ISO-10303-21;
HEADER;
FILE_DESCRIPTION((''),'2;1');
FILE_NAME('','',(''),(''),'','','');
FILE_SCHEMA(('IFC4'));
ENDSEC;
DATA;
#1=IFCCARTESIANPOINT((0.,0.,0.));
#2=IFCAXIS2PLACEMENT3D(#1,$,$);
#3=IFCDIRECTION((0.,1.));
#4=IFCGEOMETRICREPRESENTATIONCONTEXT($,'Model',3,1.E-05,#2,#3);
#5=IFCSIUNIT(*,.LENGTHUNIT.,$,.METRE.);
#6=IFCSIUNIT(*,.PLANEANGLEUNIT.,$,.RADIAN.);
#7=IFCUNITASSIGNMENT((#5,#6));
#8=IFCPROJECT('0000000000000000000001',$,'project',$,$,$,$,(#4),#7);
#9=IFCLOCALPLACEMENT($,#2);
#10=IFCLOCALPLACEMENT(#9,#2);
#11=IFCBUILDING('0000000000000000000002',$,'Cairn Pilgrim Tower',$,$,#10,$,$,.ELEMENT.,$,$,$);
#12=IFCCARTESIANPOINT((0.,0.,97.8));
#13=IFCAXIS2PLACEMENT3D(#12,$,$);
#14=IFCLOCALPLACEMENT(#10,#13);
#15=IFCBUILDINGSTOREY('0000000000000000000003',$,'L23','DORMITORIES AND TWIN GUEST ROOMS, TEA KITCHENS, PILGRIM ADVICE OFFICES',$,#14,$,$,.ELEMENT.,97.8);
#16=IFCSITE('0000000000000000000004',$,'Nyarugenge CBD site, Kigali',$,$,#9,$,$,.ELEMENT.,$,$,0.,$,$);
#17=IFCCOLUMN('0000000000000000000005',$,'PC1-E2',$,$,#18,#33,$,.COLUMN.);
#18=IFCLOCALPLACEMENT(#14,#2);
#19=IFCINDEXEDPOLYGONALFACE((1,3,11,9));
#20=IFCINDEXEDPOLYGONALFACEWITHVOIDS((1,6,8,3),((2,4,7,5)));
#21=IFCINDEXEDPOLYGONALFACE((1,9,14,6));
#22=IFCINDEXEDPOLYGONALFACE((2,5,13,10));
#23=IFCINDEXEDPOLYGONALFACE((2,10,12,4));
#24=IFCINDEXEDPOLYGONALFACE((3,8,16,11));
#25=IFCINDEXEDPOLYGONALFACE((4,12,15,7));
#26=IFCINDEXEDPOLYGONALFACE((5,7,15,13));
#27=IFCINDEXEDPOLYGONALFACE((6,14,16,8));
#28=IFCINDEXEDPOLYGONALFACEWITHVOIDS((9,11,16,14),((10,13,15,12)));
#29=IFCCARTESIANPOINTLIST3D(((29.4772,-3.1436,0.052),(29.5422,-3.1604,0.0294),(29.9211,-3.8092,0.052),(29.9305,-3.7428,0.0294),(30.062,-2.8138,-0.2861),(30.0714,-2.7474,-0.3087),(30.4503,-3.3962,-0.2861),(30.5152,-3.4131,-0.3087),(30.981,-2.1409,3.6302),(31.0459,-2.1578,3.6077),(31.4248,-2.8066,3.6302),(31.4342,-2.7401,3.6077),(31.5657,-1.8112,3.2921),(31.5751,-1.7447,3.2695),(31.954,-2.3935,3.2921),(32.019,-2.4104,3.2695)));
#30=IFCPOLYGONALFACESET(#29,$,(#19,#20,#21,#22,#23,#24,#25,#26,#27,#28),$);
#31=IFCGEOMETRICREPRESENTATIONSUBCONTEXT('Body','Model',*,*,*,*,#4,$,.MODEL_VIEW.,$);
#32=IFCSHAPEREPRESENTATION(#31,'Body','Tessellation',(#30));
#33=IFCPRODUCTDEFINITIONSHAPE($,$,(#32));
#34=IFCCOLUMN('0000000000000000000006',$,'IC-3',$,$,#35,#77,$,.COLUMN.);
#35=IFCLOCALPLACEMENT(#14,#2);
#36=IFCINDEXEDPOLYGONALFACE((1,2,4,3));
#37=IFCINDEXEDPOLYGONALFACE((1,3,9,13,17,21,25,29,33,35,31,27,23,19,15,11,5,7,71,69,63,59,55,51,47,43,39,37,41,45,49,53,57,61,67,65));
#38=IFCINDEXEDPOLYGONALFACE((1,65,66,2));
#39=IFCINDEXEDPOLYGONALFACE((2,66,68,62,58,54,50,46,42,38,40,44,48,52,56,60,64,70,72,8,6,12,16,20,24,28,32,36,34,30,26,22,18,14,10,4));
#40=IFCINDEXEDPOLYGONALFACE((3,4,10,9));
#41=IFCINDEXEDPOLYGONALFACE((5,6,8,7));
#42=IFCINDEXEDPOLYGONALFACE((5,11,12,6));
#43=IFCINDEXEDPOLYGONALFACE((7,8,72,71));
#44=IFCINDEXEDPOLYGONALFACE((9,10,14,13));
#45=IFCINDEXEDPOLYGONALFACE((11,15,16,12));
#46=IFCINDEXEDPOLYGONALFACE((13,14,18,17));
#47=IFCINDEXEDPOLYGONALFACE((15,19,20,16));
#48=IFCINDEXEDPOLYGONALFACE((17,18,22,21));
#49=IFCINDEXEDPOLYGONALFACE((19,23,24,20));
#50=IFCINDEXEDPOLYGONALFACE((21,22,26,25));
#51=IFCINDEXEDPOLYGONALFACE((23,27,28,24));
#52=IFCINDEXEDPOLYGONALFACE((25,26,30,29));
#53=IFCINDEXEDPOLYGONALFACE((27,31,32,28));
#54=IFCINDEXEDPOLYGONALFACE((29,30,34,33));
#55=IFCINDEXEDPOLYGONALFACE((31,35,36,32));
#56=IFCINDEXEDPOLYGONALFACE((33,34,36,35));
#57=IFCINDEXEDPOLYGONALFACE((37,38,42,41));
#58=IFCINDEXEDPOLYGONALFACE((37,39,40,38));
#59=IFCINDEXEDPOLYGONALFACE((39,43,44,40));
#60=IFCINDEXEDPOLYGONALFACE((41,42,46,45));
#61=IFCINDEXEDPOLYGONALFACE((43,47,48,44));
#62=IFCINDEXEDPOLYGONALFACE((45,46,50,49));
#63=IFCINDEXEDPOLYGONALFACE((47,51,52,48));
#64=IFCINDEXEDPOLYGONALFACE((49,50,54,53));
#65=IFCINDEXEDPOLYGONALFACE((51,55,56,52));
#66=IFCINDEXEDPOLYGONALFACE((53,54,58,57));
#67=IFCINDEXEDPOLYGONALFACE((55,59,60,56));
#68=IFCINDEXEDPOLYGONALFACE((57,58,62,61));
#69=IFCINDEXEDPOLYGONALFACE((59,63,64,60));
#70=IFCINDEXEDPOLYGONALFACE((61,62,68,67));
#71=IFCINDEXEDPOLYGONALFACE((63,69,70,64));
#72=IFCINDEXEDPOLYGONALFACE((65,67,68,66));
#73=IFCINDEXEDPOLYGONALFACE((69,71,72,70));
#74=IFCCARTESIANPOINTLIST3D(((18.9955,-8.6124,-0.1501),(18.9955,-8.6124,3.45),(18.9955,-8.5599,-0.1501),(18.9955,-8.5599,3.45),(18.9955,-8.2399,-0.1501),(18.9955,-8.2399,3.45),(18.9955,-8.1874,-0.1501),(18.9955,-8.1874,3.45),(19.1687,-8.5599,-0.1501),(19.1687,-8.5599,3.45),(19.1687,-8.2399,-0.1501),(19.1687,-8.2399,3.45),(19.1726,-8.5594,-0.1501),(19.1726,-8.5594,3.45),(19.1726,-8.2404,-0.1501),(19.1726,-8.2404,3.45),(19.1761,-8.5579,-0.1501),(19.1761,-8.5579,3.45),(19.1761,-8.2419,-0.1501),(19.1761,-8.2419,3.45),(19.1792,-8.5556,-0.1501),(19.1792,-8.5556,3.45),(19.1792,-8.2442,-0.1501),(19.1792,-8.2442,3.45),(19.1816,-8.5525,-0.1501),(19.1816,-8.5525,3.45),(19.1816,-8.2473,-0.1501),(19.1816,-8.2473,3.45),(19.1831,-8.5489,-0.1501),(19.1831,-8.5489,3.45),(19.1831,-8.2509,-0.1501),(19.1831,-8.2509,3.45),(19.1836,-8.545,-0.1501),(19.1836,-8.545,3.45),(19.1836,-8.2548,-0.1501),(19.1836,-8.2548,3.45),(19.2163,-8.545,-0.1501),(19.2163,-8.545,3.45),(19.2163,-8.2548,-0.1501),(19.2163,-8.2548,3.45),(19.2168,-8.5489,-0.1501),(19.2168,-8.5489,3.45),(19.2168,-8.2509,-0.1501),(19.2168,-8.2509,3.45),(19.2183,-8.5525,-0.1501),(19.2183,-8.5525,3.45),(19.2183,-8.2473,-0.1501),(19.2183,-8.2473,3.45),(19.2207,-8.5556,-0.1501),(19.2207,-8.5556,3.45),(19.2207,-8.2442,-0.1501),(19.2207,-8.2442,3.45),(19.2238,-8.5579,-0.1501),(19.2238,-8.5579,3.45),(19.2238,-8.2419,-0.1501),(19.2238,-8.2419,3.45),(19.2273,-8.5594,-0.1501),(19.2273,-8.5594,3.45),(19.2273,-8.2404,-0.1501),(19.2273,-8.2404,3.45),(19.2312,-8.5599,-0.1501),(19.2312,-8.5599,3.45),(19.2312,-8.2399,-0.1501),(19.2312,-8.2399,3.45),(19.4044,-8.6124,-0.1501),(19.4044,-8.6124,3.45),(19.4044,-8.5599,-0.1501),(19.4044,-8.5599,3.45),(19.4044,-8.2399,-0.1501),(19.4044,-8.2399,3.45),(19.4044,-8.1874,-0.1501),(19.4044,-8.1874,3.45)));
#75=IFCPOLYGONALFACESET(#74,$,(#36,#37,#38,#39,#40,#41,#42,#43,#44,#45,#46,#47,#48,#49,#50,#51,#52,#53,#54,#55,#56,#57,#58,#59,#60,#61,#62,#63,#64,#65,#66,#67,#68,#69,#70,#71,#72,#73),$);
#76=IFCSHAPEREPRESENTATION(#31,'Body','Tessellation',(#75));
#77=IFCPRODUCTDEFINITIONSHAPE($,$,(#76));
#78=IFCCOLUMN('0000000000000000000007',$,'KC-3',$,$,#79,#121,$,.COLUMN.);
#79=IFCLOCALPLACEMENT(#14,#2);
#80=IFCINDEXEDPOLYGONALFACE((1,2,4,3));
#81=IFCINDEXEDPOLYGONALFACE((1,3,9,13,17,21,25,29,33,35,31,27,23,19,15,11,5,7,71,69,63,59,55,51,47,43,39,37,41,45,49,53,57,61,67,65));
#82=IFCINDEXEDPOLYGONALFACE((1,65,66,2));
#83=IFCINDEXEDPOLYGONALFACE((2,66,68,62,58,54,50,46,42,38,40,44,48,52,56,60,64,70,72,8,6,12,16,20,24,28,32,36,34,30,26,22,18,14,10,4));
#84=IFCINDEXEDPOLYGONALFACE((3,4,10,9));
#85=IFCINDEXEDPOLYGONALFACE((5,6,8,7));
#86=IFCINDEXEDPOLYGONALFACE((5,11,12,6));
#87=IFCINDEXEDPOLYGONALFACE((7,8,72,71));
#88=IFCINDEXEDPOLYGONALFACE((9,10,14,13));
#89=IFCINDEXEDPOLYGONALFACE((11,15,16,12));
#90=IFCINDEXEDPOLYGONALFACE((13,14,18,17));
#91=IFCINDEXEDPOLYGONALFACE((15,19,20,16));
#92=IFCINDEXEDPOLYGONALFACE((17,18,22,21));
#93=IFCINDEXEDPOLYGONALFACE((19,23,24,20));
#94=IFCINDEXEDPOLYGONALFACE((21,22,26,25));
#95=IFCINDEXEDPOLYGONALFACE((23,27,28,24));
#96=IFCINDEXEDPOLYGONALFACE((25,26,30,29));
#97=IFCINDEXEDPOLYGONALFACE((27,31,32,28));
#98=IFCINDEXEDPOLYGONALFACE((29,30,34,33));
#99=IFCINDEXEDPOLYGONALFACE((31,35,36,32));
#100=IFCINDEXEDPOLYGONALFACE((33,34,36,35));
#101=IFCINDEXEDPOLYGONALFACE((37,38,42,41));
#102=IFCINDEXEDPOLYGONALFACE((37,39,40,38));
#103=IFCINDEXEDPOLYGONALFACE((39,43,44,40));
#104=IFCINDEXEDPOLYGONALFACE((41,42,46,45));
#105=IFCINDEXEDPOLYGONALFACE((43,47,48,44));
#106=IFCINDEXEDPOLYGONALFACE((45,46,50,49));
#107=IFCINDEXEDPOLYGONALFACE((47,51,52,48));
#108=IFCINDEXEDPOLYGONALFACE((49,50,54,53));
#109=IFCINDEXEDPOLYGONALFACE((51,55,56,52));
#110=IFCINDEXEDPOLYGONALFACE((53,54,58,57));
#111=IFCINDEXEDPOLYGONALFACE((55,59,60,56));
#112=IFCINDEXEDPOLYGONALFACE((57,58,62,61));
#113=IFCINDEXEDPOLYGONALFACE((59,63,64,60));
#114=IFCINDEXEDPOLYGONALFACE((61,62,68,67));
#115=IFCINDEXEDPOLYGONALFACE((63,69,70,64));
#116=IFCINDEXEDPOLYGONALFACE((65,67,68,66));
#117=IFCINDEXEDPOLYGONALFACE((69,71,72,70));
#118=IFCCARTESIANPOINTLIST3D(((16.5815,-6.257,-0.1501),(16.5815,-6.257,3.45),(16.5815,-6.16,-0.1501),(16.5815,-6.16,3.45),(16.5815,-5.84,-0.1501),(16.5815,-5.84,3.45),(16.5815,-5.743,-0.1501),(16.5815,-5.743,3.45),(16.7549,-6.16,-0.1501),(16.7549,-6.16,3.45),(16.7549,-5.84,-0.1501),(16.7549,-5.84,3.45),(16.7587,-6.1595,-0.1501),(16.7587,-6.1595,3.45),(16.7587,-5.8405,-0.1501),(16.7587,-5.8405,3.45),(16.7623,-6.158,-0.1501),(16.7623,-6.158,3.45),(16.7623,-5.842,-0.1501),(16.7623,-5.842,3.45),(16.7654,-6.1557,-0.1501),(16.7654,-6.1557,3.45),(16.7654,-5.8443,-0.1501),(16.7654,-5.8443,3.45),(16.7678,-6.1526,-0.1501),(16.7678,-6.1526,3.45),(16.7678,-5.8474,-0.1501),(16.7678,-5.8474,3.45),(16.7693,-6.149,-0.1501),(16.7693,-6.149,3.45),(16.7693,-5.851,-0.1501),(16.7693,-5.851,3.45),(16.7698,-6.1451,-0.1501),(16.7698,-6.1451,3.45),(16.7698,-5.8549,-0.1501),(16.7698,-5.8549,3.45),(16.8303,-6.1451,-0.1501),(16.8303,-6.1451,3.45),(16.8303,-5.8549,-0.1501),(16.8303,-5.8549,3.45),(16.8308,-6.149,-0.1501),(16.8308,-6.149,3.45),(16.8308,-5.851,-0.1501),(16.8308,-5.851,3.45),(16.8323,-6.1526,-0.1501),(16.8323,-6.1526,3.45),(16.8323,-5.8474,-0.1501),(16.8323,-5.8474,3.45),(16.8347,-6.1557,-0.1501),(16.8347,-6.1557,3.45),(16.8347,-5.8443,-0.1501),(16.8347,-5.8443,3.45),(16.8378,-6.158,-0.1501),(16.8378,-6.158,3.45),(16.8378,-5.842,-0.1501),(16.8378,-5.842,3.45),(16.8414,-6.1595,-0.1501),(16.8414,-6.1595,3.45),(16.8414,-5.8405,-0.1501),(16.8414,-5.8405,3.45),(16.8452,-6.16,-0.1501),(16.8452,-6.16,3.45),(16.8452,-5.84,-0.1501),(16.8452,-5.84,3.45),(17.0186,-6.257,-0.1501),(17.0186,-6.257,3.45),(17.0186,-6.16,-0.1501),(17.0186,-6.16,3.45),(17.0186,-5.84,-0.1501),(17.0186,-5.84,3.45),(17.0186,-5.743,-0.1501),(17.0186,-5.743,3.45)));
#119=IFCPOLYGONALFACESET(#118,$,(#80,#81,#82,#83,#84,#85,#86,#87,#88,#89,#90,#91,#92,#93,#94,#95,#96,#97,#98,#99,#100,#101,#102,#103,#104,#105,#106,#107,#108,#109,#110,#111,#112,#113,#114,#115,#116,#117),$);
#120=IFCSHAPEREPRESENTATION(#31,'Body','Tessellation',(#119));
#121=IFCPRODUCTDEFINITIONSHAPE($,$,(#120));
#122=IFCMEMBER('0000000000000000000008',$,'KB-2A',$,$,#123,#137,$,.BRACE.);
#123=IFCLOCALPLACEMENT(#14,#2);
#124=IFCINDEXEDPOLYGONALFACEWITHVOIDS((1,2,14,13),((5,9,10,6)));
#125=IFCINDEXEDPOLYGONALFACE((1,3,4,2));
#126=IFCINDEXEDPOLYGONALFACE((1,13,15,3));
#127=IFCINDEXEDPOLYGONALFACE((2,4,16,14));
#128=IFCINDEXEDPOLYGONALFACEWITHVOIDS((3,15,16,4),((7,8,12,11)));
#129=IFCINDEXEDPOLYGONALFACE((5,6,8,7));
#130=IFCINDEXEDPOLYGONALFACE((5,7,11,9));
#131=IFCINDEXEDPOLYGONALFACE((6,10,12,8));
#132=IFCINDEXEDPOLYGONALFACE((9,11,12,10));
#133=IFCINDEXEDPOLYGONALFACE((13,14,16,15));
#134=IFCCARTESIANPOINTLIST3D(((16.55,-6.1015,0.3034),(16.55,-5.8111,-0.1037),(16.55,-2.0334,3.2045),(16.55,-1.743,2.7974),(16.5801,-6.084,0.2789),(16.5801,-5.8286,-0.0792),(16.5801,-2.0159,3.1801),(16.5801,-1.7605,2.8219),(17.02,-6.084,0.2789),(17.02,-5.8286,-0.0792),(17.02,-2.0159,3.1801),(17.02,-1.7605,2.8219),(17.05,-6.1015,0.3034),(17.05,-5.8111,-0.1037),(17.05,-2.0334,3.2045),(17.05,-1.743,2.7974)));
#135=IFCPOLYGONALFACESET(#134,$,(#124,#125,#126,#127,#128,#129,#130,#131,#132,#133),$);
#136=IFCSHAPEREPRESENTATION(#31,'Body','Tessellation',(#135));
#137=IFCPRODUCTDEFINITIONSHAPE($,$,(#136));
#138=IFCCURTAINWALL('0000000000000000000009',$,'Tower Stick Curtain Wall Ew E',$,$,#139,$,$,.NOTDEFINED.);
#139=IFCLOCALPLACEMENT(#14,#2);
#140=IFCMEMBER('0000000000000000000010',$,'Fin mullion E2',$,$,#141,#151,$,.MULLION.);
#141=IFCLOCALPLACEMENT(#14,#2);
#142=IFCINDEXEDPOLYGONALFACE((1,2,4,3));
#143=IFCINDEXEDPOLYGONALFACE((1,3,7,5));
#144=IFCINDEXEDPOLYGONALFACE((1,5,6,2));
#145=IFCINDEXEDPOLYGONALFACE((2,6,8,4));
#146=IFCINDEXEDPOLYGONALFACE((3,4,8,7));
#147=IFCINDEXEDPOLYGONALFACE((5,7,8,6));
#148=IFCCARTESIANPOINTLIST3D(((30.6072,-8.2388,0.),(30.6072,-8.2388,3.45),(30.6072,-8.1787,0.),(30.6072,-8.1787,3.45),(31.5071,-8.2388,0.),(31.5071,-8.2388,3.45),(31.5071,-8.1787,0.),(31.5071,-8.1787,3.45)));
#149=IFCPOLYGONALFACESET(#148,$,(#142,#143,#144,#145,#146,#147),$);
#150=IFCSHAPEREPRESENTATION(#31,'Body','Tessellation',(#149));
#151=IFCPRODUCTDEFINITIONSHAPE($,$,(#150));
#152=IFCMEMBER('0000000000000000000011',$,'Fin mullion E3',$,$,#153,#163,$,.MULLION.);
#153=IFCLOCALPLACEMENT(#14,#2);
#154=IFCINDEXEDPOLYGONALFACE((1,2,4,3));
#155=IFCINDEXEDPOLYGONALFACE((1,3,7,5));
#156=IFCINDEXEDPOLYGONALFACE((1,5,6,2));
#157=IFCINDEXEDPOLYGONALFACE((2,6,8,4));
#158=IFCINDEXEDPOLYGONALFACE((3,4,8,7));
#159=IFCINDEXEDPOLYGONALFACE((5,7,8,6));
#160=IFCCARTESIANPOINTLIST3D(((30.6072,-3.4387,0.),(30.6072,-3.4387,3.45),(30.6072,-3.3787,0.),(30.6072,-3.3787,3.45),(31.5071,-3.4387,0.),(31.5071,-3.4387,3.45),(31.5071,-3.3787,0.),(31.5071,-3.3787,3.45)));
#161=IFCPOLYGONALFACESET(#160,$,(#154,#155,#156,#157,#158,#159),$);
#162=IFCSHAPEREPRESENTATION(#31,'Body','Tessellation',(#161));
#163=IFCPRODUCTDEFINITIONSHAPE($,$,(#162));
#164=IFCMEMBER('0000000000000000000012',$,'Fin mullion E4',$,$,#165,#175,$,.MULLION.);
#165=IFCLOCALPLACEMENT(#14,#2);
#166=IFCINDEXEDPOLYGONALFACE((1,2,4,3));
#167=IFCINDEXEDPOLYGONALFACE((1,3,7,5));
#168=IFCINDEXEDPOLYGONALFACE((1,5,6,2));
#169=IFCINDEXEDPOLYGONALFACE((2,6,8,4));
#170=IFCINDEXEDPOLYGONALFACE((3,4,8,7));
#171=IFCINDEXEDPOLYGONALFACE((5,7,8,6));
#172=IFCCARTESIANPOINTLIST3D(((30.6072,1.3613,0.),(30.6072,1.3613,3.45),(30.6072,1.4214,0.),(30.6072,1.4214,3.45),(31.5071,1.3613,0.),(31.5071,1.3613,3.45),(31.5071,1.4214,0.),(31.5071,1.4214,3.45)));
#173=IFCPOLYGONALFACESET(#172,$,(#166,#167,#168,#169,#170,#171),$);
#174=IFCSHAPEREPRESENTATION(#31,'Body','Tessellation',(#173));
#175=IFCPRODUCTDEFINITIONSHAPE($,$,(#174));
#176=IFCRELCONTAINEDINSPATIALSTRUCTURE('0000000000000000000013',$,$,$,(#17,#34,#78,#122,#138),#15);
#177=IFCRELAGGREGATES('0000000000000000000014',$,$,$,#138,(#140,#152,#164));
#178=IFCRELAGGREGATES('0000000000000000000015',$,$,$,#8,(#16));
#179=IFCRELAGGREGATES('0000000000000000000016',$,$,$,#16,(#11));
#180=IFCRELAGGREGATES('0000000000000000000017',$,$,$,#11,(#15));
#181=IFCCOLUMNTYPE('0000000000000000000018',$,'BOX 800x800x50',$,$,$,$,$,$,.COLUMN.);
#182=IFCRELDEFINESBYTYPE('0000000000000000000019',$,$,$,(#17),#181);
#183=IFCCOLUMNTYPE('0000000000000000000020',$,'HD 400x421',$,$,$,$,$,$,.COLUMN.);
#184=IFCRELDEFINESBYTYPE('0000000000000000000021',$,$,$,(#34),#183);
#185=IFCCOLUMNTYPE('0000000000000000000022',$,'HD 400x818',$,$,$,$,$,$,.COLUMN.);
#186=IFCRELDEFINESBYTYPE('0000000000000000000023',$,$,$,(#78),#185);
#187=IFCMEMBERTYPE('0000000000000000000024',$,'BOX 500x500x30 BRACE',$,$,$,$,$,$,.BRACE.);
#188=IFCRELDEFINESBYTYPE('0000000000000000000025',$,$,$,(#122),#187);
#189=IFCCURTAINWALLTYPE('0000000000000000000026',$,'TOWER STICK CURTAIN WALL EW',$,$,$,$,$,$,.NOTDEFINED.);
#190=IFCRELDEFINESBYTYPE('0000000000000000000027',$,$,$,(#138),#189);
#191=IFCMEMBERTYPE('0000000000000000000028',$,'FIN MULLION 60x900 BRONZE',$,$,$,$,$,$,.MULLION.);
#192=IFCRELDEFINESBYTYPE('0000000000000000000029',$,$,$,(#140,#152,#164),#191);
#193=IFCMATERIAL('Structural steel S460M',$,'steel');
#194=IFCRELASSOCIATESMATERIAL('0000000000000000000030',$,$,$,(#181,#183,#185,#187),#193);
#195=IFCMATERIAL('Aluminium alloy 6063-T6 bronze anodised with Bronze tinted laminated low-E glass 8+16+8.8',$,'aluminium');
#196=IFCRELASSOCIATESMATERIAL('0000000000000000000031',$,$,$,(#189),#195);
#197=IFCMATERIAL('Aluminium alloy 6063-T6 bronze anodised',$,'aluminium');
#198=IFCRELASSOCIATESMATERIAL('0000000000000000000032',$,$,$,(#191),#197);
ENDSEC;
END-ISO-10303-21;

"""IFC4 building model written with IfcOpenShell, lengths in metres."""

from ifc_helpers import new_model, si_unit, direction, frame, origin, origin_2d, place, context, subcontext, project, spatial, rectangle, hollow_rectangle, i_section, extrude, clip, halfspace, material, material_profile, profile_set, type_object, element, aggregate, save


model = new_model("IFC4")

# Units and contexts
model_context = context("Model", 3, precision=1e-05, world=origin(), true_north=direction((0.0, 1.0)))
body_context = subcontext(model_context, "Body", "Model", "MODEL_VIEW")
ifc_project = project(units=[si_unit("LENGTHUNIT", "METRE"), si_unit("PLANEANGLEUNIT", "RADIAN")], contexts=[model_context])

# Site, building, storey
site_placement = place(None, origin())
site = spatial("IfcSite", under=ifc_project, at=site_placement, Name="Nyarugenge CBD site, Kigali", CompositionType="ELEMENT", RefElevation=0.0)
building_placement = place(site_placement, origin())
building = spatial("IfcBuilding", under=site, at=building_placement, Name="Cairn Pilgrim Tower", CompositionType="ELEMENT")
storey_placement = place(building_placement, frame((0.0, 0.0, 97.8)))
storey = spatial("IfcBuildingStorey", under=building, at=storey_placement, Name="L23", Description="DORMITORIES AND TWIN GUEST ROOMS, TEA KITCHENS, PILGRIM ADVICE OFFICES", CompositionType="ELEMENT", Elevation=97.8)

# Columns
ifc_material_1 = material(Name="Structural steel S460M", Category="steel")
ifc_material_profile_1 = material_profile(ifc_material_1, hollow_rectangle(XDim=0.8, YDim=0.8, WallThickness=0.05, at=origin_2d()), Name="BOX 800x800x50")
ifc_profile_set_1 = profile_set([ifc_material_profile_1], Name="Structural steel S460M")
column_type_1 = type_object("IfcColumnType", Name="BOX 800x800x50", PredefinedType="COLUMN", material=ifc_profile_set_1)
column_1_placement = place(storey_placement, frame((29.9871, -3.2844, -0.1501), z_axis=(0.375114, 0.250116, 0.892598), x_axis=(-0.554762, 0.832009, 0.0)))
element("IfcColumn", 1, at=column_1_placement, inside=storey, type_object=column_type_1, Name="PC1-E2", PredefinedType="COLUMN", context=body_context, shape_type="Clipping", body=[
    clip(extrude(hollow_rectangle(XDim=0.8, YDim=0.8, WallThickness=0.05, at=origin_2d()), origin(), (0.0, 0.0, 1.0), 4.0332), halfspace(frame((0.0, 0.0, 0.0244), z_axis=(0.0, 0.0, 1.0), x_axis=(1.0, 0.0, 0.0)), True)),
])
ifc_material_profile_2 = material_profile(ifc_material_1, i_section(OverallWidth=0.4089, OverallDepth=0.425, WebThickness=0.0327, FlangeThickness=0.0525, FilletRadius=0.0149, at=origin_2d()), Name="HD 400x421")
ifc_profile_set_2 = profile_set([ifc_material_profile_2], Name="Structural steel S460M")
column_type_2 = type_object("IfcColumnType", Name="HD 400x421", PredefinedType="COLUMN", material=ifc_profile_set_2)
column_2_placement = place(storey_placement, frame((19.2, -8.3999, -0.1501), z_axis=(0.0, 0.0, 1.0), x_axis=(1.0, 0.0, 0.0)))
element("IfcColumn", 2, at=column_2_placement, inside=storey, type_object=column_type_2, Name="IC-3", PredefinedType="COLUMN", context=body_context, shape_type="SweptSolid", body=[
    extrude(i_section(OverallWidth=0.4089, OverallDepth=0.425, WebThickness=0.0327, FlangeThickness=0.0525, FilletRadius=0.0149, at=origin_2d()), origin(), (0.0, 0.0, 1.0), 3.6001),
])
ifc_material_profile_3 = material_profile(ifc_material_1, i_section(OverallWidth=0.437, OverallDepth=0.5139, WebThickness=0.0605, FlangeThickness=0.0969, FilletRadius=0.0149, at=origin_2d()), Name="HD 400x818")
ifc_profile_set_3 = profile_set([ifc_material_profile_3], Name="Structural steel S460M")
column_type_3 = type_object("IfcColumnType", Name="HD 400x818", PredefinedType="COLUMN", material=ifc_profile_set_3)
column_3_placement = place(storey_placement, frame((16.8, -6.0, -0.1501), z_axis=(0.0, 0.0, 1.0), x_axis=(1.0, 0.0, 0.0)))
element("IfcColumn", 3, at=column_3_placement, inside=storey, type_object=column_type_3, Name="KC-3", PredefinedType="COLUMN", context=body_context, shape_type="SweptSolid", body=[
    extrude(i_section(OverallWidth=0.437, OverallDepth=0.5139, WebThickness=0.0605, FlangeThickness=0.0969, FilletRadius=0.0149, at=origin_2d()), origin(), (0.0, 0.0, 1.0), 3.6001),
])

# Member
ifc_material_profile_4 = material_profile(ifc_material_1, hollow_rectangle(XDim=0.5, YDim=0.5, WallThickness=0.03, at=origin_2d()), Name="BOX 500x500x30")
ifc_profile_set_4 = profile_set([ifc_material_profile_4], Name="Structural steel S460M")
member_type_1 = type_object("IfcMemberType", Name="BOX 500x500x30 BRACE", PredefinedType="BRACE", material=ifc_profile_set_4)
member_1_placement = place(storey_placement, frame((16.8, -5.9563, 0.0999), z_axis=(0.0, 0.814176, 0.580619), x_axis=(-1.0, 0.0, 0.0)))
element("IfcMember", 4, at=member_1_placement, inside=storey, type_object=member_type_1, Name="KB-2A", PredefinedType="BRACE", context=body_context, shape_type="SweptSolid", body=[
    extrude(hollow_rectangle(XDim=0.5, YDim=0.5, WallThickness=0.03, at=origin_2d()), origin(), (0.0, 0.0, 1.0), 4.9966),
])

# Curtain wall, members
ifc_material_2 = material(Name="Aluminium alloy 6063-T6 bronze anodised with Bronze tinted laminated low-E glass 8+16+8.8", Category="aluminium")
curtain_wall_type = type_object("IfcCurtainWallType", Name="TOWER STICK CURTAIN WALL EW", PredefinedType="NOTDEFINED", material=ifc_material_2)
curtain_wall_placement = place(storey_placement, origin())
curtain_wall = element("IfcCurtainWall", 5, at=curtain_wall_placement, inside=storey, type_object=curtain_wall_type, Name="Tower Stick Curtain Wall Ew E", PredefinedType="NOTDEFINED")
ifc_material_3 = material(Name="Aluminium alloy 6063-T6 bronze anodised", Category="aluminium")
ifc_material_profile_5 = material_profile(ifc_material_3, rectangle(XDim=0.8999, YDim=0.0601, at=origin_2d()), Name="FIN MULLION 60x900 BRONZE")
ifc_profile_set_5 = profile_set([ifc_material_profile_5], Name="Aluminium alloy 6063-T6 bronze anodised")
member_type_2 = type_object("IfcMemberType", Name="FIN MULLION 60x900 BRONZE", PredefinedType="MULLION", material=ifc_profile_set_5)
member_2_placement = place(storey_placement, frame((31.0571, -8.2087, 0.0), z_axis=(0.0, 0.0, 1.0), x_axis=(1.0, 0.0, 0.0)))
member_2 = element("IfcMember", 6, at=member_2_placement, type_object=member_type_2, Name="Fin mullion E2", PredefinedType="MULLION", context=body_context, shape_type="SweptSolid", body=[
    extrude(rectangle(XDim=0.8999, YDim=0.0601, at=origin_2d()), origin(), (0.0, 0.0, 1.0), 3.45),
])
member_3_placement = place(storey_placement, frame((31.0571, -3.4087, 0.0), z_axis=(0.0, 0.0, 1.0), x_axis=(1.0, 0.0, 0.0)))
member_3 = element("IfcMember", 7, at=member_3_placement, type_object=member_type_2, Name="Fin mullion E3", PredefinedType="MULLION", context=body_context, shape_type="SweptSolid", body=[
    extrude(rectangle(XDim=0.8999, YDim=0.0601, at=origin_2d()), origin(), (0.0, 0.0, 1.0), 3.45),
])
member_4_placement = place(storey_placement, frame((31.0571, 1.3914, 0.0), z_axis=(0.0, 0.0, 1.0), x_axis=(1.0, 0.0, 0.0)))
member_4 = element("IfcMember", 8, at=member_4_placement, type_object=member_type_2, Name="Fin mullion E4", PredefinedType="MULLION", context=body_context, shape_type="SweptSolid", body=[
    extrude(rectangle(XDim=0.8999, YDim=0.0601, at=origin_2d()), origin(), (0.0, 0.0, 1.0), 3.45),
])

aggregate(curtain_wall, [member_2, member_3, member_4])

save(model, "model.ifc")
